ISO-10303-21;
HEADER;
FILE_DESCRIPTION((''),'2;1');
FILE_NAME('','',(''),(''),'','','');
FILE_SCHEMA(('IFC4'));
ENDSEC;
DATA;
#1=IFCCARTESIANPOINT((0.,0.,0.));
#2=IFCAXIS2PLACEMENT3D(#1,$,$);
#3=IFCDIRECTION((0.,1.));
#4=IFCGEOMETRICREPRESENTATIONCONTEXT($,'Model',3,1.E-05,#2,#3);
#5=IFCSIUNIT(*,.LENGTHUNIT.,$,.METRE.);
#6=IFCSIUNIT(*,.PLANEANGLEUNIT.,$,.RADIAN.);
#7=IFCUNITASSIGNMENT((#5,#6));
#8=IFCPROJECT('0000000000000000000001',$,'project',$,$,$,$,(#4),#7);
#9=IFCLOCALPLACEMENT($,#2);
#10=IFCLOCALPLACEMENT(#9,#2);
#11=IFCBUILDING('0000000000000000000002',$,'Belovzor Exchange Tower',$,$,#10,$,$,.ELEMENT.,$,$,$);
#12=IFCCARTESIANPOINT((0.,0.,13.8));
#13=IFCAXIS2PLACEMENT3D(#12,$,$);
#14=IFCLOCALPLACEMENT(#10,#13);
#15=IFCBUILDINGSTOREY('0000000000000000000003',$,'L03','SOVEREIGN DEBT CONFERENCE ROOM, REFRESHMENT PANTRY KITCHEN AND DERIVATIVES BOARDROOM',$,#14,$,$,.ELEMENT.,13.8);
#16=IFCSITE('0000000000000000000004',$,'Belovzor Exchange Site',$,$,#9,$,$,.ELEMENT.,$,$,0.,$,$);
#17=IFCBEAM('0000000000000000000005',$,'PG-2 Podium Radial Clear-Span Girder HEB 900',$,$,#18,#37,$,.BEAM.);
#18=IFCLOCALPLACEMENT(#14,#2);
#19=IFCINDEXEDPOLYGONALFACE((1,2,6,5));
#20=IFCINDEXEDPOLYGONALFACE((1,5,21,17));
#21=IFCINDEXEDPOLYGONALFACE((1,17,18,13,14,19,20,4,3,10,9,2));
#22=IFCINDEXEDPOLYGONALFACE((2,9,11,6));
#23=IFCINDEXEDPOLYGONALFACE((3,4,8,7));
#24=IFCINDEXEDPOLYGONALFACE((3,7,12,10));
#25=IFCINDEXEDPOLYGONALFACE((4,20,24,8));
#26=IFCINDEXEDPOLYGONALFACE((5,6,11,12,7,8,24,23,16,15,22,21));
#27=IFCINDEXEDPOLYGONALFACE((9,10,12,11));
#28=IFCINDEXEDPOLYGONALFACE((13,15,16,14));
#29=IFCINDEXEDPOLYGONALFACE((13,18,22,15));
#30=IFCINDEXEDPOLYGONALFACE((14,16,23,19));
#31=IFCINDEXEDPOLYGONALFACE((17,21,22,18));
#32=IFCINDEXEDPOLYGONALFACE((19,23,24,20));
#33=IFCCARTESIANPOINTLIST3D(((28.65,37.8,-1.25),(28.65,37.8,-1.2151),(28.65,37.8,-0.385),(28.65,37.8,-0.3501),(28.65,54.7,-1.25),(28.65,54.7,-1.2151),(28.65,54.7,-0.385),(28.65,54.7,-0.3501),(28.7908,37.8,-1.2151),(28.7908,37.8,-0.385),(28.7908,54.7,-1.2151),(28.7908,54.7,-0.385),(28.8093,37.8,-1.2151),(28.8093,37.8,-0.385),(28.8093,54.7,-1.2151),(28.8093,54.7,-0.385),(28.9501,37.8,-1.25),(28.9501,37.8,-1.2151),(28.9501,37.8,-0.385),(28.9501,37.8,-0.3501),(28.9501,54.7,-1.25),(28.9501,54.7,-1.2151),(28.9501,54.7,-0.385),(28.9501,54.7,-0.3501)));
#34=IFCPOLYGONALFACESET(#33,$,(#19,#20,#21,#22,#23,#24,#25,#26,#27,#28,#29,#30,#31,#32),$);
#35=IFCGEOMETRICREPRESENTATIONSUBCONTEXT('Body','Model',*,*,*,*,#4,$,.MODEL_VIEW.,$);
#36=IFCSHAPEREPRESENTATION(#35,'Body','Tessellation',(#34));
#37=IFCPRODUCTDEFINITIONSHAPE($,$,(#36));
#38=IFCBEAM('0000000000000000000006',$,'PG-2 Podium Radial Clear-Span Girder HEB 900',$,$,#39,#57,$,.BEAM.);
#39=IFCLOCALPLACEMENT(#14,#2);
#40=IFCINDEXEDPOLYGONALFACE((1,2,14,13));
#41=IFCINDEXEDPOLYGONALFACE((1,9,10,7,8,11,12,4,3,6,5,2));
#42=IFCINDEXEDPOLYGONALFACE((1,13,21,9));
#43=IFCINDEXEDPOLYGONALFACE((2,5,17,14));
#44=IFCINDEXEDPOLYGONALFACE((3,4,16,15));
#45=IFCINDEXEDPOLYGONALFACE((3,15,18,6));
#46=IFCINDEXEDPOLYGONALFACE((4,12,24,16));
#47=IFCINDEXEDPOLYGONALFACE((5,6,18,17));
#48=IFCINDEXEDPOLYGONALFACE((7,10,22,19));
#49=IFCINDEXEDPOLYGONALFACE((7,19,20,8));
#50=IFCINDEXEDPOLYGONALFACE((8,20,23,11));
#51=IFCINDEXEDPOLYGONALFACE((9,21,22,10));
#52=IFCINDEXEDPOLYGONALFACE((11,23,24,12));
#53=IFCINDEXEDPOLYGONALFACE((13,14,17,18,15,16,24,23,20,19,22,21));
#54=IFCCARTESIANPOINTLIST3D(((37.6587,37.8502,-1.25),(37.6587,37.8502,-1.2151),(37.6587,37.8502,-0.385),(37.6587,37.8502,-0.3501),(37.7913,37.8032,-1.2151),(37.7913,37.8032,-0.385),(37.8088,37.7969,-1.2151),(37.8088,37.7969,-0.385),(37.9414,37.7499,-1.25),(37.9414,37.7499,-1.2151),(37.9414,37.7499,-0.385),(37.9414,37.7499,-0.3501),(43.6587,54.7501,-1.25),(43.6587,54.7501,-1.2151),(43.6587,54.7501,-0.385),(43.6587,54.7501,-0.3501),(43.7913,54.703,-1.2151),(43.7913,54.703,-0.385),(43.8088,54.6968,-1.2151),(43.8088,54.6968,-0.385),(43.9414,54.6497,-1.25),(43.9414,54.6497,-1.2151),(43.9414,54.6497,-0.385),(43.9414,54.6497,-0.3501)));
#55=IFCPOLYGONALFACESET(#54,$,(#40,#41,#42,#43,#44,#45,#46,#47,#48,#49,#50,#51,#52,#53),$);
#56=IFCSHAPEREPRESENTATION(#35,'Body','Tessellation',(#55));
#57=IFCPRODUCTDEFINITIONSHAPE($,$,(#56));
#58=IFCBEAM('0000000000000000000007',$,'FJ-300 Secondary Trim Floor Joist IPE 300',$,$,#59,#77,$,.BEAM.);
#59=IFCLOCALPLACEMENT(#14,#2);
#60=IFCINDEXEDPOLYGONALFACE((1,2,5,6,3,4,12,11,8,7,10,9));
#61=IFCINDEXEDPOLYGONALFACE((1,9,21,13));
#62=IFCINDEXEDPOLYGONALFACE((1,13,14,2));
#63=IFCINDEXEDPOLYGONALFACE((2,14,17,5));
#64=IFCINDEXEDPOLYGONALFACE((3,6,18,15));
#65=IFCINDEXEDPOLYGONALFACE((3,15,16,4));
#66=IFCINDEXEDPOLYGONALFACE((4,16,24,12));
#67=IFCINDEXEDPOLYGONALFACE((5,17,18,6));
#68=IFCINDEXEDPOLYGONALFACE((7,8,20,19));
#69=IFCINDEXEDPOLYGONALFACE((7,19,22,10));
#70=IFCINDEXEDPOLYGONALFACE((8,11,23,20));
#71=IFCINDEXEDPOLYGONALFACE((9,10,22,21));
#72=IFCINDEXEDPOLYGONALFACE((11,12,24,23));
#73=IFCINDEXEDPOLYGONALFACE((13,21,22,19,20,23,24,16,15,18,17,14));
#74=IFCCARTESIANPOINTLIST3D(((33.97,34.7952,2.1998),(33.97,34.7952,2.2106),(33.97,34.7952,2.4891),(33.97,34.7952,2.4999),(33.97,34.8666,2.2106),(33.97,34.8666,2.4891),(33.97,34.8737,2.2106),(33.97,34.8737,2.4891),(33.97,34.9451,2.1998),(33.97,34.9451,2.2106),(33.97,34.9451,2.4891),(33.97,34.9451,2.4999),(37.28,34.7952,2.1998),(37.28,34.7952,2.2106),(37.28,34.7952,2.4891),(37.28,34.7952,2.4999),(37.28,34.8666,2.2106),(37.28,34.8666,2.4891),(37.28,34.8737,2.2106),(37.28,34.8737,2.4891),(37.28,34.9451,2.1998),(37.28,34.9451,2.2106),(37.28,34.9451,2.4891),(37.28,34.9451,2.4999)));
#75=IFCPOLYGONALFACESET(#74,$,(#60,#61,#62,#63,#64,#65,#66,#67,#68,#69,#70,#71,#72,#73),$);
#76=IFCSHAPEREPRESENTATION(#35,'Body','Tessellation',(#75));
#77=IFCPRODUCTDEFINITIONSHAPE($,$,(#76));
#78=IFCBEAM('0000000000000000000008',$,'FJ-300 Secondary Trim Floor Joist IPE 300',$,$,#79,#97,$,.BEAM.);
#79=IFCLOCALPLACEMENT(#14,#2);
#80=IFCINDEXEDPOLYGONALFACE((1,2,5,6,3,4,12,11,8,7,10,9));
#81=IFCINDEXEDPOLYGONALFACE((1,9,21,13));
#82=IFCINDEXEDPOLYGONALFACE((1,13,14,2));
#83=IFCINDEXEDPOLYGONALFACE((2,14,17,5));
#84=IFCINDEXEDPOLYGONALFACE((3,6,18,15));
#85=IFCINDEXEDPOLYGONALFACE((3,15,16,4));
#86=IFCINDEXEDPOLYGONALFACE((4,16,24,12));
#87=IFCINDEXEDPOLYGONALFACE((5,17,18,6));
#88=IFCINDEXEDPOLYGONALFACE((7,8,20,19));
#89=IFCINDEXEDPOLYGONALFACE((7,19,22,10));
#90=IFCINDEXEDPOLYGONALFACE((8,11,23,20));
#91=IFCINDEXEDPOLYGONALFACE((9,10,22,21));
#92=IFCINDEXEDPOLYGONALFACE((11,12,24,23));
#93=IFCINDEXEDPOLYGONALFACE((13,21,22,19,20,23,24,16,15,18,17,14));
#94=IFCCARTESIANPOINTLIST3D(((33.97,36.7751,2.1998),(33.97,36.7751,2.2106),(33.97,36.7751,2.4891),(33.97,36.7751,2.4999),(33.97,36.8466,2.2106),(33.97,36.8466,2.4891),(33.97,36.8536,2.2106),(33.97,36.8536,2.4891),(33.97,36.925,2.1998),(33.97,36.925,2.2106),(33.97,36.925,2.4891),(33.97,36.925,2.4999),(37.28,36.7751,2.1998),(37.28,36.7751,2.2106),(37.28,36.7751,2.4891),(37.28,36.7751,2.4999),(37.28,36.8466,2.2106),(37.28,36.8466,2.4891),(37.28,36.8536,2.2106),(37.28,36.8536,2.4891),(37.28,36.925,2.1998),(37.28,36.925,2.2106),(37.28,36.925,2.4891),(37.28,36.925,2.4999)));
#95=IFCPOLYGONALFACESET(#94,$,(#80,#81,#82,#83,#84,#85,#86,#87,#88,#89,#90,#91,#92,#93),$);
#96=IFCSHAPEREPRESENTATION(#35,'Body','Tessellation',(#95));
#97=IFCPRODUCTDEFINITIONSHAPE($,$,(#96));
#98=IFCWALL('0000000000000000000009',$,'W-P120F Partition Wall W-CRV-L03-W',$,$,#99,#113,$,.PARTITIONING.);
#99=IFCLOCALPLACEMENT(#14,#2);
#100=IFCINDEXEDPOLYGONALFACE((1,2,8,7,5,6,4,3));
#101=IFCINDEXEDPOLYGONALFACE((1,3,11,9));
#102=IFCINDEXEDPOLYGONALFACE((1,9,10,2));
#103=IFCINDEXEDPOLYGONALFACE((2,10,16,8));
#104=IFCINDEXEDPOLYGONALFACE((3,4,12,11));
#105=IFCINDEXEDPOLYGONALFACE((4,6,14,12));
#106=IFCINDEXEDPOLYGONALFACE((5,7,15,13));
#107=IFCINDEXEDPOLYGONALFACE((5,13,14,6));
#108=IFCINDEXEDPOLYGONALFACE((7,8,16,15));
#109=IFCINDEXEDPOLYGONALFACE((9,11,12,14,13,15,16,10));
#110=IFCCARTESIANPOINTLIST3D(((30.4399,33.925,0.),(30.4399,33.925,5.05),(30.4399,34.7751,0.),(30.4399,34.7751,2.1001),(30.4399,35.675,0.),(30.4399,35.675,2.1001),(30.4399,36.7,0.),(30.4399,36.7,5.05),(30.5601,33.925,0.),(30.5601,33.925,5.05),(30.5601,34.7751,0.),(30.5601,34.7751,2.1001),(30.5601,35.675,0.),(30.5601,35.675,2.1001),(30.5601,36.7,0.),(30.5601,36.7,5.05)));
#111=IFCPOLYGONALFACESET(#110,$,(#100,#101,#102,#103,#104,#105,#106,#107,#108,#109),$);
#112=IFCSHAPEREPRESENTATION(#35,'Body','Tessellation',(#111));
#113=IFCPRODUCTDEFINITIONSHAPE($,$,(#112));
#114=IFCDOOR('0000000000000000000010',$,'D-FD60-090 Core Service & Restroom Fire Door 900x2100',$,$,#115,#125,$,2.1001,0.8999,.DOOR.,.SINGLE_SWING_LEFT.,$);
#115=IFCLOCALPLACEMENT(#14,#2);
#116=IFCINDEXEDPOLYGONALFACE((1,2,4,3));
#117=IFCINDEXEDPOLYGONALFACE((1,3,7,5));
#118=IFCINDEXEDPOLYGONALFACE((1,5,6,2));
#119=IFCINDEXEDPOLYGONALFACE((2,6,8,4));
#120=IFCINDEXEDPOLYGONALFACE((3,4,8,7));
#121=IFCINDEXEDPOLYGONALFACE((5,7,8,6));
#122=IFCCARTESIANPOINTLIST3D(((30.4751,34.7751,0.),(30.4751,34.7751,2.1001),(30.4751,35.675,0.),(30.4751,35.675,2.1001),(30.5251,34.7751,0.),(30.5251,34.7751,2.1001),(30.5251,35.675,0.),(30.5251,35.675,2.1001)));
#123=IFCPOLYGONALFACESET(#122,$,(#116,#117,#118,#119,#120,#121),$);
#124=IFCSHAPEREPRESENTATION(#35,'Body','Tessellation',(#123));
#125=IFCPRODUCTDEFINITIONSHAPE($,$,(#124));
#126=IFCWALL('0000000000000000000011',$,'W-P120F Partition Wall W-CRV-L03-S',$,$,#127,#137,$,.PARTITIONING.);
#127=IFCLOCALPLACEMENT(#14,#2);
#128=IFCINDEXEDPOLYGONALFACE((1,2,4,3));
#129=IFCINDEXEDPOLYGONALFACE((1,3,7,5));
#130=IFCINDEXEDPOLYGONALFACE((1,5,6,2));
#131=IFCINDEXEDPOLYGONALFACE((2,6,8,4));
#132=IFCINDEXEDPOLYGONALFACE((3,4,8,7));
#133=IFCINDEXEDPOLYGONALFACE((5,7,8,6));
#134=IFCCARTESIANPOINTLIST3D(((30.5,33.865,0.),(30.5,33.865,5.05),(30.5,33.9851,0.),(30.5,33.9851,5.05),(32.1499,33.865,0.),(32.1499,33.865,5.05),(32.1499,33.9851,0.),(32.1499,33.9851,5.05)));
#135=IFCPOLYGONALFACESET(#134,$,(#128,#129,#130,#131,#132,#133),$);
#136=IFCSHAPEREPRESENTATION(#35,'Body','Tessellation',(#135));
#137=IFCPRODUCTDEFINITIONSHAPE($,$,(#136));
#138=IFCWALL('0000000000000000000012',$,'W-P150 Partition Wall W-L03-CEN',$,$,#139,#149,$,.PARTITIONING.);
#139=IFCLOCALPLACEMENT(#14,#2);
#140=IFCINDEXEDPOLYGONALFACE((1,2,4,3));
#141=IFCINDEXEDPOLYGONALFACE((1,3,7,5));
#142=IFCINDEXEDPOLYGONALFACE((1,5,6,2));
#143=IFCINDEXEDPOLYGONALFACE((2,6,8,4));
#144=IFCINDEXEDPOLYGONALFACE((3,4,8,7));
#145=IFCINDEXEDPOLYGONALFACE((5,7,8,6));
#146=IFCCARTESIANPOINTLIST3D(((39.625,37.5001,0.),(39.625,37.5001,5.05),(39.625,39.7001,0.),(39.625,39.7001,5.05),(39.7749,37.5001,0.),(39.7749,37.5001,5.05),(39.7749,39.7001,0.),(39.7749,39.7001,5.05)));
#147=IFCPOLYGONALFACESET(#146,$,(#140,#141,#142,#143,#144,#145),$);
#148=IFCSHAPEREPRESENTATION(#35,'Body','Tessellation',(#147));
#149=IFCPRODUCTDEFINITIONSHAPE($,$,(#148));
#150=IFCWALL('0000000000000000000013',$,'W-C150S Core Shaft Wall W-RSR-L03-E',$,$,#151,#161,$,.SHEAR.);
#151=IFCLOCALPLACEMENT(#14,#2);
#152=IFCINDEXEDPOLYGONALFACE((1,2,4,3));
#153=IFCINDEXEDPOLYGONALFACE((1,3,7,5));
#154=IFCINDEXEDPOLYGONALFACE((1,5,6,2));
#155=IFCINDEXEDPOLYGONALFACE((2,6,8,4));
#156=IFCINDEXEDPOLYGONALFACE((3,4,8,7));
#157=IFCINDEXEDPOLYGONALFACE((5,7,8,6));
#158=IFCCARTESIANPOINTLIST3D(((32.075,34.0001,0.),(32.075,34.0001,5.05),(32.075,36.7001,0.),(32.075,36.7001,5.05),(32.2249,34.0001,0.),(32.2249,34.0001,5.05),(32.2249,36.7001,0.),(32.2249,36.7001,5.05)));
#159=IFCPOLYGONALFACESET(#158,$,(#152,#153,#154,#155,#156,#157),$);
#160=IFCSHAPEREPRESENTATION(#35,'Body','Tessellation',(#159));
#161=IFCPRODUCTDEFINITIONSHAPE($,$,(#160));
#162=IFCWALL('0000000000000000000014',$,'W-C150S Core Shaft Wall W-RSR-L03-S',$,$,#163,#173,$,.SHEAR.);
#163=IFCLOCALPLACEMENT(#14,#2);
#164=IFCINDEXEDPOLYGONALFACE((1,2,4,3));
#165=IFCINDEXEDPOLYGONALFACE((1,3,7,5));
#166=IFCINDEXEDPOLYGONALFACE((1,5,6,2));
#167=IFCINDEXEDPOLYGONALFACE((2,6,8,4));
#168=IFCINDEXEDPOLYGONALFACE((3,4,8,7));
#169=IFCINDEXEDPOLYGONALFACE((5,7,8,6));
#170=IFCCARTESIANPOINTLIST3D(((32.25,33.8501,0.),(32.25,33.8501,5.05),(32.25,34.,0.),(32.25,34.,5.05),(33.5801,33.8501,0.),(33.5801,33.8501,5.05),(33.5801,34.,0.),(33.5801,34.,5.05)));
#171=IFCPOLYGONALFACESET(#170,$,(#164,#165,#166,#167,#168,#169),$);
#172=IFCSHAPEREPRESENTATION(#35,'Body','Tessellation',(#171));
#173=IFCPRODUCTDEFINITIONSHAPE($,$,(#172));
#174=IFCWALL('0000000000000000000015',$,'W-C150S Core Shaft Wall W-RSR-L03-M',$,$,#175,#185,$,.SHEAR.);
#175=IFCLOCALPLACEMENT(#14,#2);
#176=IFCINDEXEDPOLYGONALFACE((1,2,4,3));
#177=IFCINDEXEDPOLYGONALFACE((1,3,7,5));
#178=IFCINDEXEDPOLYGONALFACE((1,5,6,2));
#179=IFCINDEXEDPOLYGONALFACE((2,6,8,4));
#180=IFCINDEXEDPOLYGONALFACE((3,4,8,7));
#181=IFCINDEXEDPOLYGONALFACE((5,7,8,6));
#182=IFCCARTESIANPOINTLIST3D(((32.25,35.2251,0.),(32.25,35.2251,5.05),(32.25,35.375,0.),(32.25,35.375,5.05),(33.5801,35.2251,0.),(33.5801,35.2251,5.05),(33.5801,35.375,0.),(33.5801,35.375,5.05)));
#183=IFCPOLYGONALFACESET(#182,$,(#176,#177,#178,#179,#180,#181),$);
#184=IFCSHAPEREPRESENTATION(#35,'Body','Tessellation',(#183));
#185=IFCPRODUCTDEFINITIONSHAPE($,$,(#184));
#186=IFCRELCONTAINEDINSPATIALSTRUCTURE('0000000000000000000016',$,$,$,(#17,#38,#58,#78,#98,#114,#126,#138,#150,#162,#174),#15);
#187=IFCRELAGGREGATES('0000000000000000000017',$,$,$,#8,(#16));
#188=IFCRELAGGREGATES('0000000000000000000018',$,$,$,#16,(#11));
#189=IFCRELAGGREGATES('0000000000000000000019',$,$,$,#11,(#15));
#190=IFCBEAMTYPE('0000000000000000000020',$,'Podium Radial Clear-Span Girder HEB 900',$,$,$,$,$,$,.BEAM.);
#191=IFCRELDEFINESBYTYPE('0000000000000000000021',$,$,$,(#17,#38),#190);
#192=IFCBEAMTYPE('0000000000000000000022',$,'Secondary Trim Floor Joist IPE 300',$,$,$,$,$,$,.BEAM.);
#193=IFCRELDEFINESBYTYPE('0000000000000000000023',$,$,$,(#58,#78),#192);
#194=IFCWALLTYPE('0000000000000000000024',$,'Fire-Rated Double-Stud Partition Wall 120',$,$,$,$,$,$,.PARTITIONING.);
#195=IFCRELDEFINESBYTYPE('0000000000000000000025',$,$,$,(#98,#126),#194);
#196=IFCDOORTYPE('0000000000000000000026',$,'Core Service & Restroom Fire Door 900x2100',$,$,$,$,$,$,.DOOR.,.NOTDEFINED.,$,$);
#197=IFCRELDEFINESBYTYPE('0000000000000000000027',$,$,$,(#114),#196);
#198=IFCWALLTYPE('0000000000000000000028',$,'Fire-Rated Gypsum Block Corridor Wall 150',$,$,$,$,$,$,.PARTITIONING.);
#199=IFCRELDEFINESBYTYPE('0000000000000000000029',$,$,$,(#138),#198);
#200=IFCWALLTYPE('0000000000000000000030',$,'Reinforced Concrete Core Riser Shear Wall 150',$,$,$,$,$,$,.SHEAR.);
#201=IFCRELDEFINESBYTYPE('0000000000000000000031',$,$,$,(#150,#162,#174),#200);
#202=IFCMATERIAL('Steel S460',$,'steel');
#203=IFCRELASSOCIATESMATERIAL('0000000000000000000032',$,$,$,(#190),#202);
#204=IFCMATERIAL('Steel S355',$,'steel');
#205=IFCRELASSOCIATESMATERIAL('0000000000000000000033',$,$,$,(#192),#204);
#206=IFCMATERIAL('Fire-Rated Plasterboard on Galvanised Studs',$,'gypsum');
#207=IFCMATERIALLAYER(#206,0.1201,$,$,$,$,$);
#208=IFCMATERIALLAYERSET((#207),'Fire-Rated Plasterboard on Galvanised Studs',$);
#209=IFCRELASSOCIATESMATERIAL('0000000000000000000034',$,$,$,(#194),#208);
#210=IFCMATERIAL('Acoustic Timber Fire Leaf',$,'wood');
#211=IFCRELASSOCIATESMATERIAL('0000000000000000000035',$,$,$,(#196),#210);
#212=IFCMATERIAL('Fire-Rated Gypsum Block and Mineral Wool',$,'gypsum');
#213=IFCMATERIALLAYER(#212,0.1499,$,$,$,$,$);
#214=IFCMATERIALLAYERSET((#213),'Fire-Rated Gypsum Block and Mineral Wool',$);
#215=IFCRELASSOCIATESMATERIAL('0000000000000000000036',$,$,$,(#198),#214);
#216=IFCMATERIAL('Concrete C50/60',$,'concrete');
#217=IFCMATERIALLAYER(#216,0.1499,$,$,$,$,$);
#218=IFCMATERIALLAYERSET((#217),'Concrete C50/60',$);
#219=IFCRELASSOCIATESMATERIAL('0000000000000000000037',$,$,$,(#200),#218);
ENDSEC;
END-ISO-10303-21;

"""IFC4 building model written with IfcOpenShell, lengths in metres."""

from ifc_helpers import new_model, si_unit, direction, frame, frame_2d, origin, origin_2d, place, context, subcontext, project, spatial, rectangle, i_section, extrude, material, layer, layer_set, material_profile, profile_set, type_object, element, fill, save


model = new_model("IFC4")

# Units and contexts
model_context = context("Model", 3, precision=1e-05, world=origin(), true_north=direction((0.0, 1.0)))
body_context = subcontext(model_context, "Body", "Model", "MODEL_VIEW")
ifc_project = project(units=[si_unit("LENGTHUNIT", "METRE"), si_unit("PLANEANGLEUNIT", "RADIAN")], contexts=[model_context])

# Site, building, storey
site_placement = place(None, origin())
site = spatial("IfcSite", under=ifc_project, at=site_placement, Name="Belovzor Exchange Site", CompositionType="ELEMENT", RefElevation=0.0)
building_placement = place(site_placement, origin())
building = spatial("IfcBuilding", under=site, at=building_placement, Name="Belovzor Exchange Tower", CompositionType="ELEMENT")
storey_placement = place(building_placement, frame((0.0, 0.0, 13.8)))
storey = spatial("IfcBuildingStorey", under=building, at=storey_placement, Name="L03", Description="SOVEREIGN DEBT CONFERENCE ROOM, REFRESHMENT PANTRY KITCHEN AND DERIVATIVES BOARDROOM", CompositionType="ELEMENT", Elevation=13.8)

# Beams
ifc_material_1 = material(Name="Steel S460", Category="steel")
ifc_material_profile_1 = material_profile(ifc_material_1, i_section(OverallWidth=0.3, OverallDepth=0.8999, WebThickness=0.0186, FlangeThickness=0.0349, at=origin_2d()))
ifc_profile_set_1 = profile_set([ifc_material_profile_1], Name="Steel S460")
beam_type_1 = type_object("IfcBeamType", Name="Podium Radial Clear-Span Girder HEB 900", PredefinedType="BEAM", material=ifc_profile_set_1)
beam_1_placement = place(storey_placement, frame((28.8, 37.8, -0.8), z_axis=(0.0, 1.0, 0.0), x_axis=(-1.0, 0.0, 0.0)))
element("IfcBeam", 1, at=beam_1_placement, inside=storey, type_object=beam_type_1, Name="PG-2 Podium Radial Clear-Span Girder HEB 900", PredefinedType="BEAM", context=body_context, shape_type="SweptSolid", body=[
    extrude(i_section(OverallWidth=0.3, OverallDepth=0.8999, WebThickness=0.0186, FlangeThickness=0.0349, at=origin_2d()), origin(), (0.0, 0.0, 1.0), 16.8999),
])
beam_2_placement = place(storey_placement, frame((37.8, 37.8, -0.8), z_axis=(0.334571, 0.94237, 0.0), x_axis=(-0.94237, 0.334571, 0.0)))
element("IfcBeam", 2, at=beam_2_placement, inside=storey, type_object=beam_type_1, Name="PG-2 Podium Radial Clear-Span Girder HEB 900", PredefinedType="BEAM", context=body_context, shape_type="SweptSolid", body=[
    extrude(i_section(OverallWidth=0.3, OverallDepth=0.8999, WebThickness=0.0186, FlangeThickness=0.0349, at=origin_2d()), origin(), (0.0, 0.0, 1.0), 17.9333),
])
ifc_material_2 = material(Name="Steel S355", Category="steel")
ifc_material_profile_2 = material_profile(ifc_material_2, i_section(OverallWidth=0.1499, OverallDepth=0.3, WebThickness=0.0071, FlangeThickness=0.0107, at=origin_2d()))
ifc_profile_set_2 = profile_set([ifc_material_profile_2], Name="Steel S355")
beam_type_2 = type_object("IfcBeamType", Name="Secondary Trim Floor Joist IPE 300", PredefinedType="BEAM", material=ifc_profile_set_2)
for number, where, z_axis, x_axis, name in (
    (3, (37.28, 34.8701, 2.3499), (-1.0, 0.0, 0.0), (0.0, -1.0, 0.0), "FJ-300 Secondary Trim Floor Joist IPE 300"),
    (4, (37.28, 36.8501, 2.3499), (-1.0, 0.0, 0.0), (0.0, -1.0, 0.0), "FJ-300 Secondary Trim Floor Joist IPE 300"),
):
    element("IfcBeam", number, at=place(storey_placement, frame(where, z_axis=z_axis, x_axis=x_axis)), inside=storey, type_object=beam_type_2, Name=name, PredefinedType="BEAM", context=body_context, shape_type="SweptSolid", body=[
        extrude(i_section(OverallWidth=0.1499, OverallDepth=0.3, WebThickness=0.0071, FlangeThickness=0.0107, at=origin_2d()), origin(), (0.0, 0.0, 1.0), 3.3101),
    ])

# Wall, opening, door
ifc_material_3 = material(Name="Fire-Rated Plasterboard on Galvanised Studs", Category="gypsum")
ifc_layer_1 = layer(ifc_material_3, 0.1201)
ifc_layer_set_1 = layer_set([ifc_layer_1], Name="Fire-Rated Plasterboard on Galvanised Studs")
wall_type_1 = type_object("IfcWallType", Name="Fire-Rated Double-Stud Partition Wall 120", PredefinedType="PARTITIONING", material=ifc_layer_set_1)
wall_1_placement = place(storey_placement, frame((30.5, 33.925, 0.0), z_axis=(0.0, 0.0, 1.0), x_axis=(0.0, 1.0, 0.0)))
wall_1 = element("IfcWall", 5, at=wall_1_placement, inside=storey, type_object=wall_type_1, Name="W-P120F Partition Wall W-CRV-L03-W", PredefinedType="PARTITIONING", context=body_context, shape_type="SweptSolid", body=[
    extrude(rectangle(XDim=2.7749, YDim=0.1201, at=frame_2d((1.3875, 0.0))), origin(), (0.0, 0.0, 1.0), 5.05),
])
opening_1_placement = place(wall_1_placement, frame((0.8501, 0.0, 0.0)))
opening_1 = element("IfcOpeningElement", 6, at=opening_1_placement, cuts=wall_1, PredefinedType="OPENING", context=body_context, shape_type="SweptSolid", body=[
    extrude(rectangle(XDim=0.8999, YDim=2.1001, at=frame_2d((0.45, 1.05))), frame((0.0, 0.0701, 0.0), z_axis=(0.0, -1.0, 0.0), x_axis=(1.0, 0.0, 0.0)), (0.0, 0.0, 1.0), 0.1401),
])
ifc_material_4 = material(Name="Acoustic Timber Fire Leaf", Category="wood")
door_type_1 = type_object("IfcDoorType", Name="Core Service & Restroom Fire Door 900x2100", OperationType="NOTDEFINED", PredefinedType="DOOR", material=ifc_material_4)
door_1_placement = place(opening_1_placement, origin())
door_1 = element("IfcDoor", 7, at=door_1_placement, inside=storey, type_object=door_type_1, Name="D-FD60-090 Core Service & Restroom Fire Door 900x2100", OperationType="SINGLE_SWING_LEFT", OverallHeight=2.1001, OverallWidth=0.8999, PredefinedType="DOOR", context=body_context, shape_type="SweptSolid", body=[
    extrude(rectangle(XDim=0.8999, YDim=2.1001, at=frame_2d((0.45, 1.05))), frame((0.0, 0.0249, 0.0), z_axis=(0.0, -1.0, 0.0), x_axis=(1.0, 0.0, 0.0)), (0.0, 0.0, 1.0), 0.05),
])
fill(opening_1, door_1)

# Walls
wall_2_placement = place(storey_placement, frame((30.5, 33.925, 0.0), z_axis=(0.0, 0.0, 1.0), x_axis=(1.0, 0.0, 0.0)))
element("IfcWall", 8, at=wall_2_placement, inside=storey, type_object=wall_type_1, Name="W-P120F Partition Wall W-CRV-L03-S", PredefinedType="PARTITIONING", context=body_context, shape_type="SweptSolid", body=[
    extrude(rectangle(XDim=1.6499, YDim=0.1201, at=frame_2d((0.825, 0.0))), origin(), (0.0, 0.0, 1.0), 5.05),
])
ifc_material_5 = material(Name="Fire-Rated Gypsum Block and Mineral Wool", Category="gypsum")
ifc_layer_2 = layer(ifc_material_5, 0.1499)
ifc_layer_set_2 = layer_set([ifc_layer_2], Name="Fire-Rated Gypsum Block and Mineral Wool")
wall_type_2 = type_object("IfcWallType", Name="Fire-Rated Gypsum Block Corridor Wall 150", PredefinedType="PARTITIONING", material=ifc_layer_set_2)
wall_3_placement = place(storey_placement, frame((39.7, 37.5, 0.0), z_axis=(0.0, 0.0, 1.0), x_axis=(0.0, 1.0, 0.0)))
element("IfcWall", 9, at=wall_3_placement, inside=storey, type_object=wall_type_2, Name="W-P150 Partition Wall W-L03-CEN", PredefinedType="PARTITIONING", context=body_context, shape_type="SweptSolid", body=[
    extrude(rectangle(XDim=2.2, YDim=0.1499, at=frame_2d((1.1001, 0.0))), origin(), (0.0, 0.0, 1.0), 5.05),
])
ifc_material_6 = material(Name="Concrete C50/60", Category="concrete")
ifc_layer_3 = layer(ifc_material_6, 0.1499)
ifc_layer_set_3 = layer_set([ifc_layer_3], Name="Concrete C50/60")
wall_type_3 = type_object("IfcWallType", Name="Reinforced Concrete Core Riser Shear Wall 150", PredefinedType="SHEAR", material=ifc_layer_set_3)
wall_4_placement = place(storey_placement, frame((32.1499, 34.0, 0.0), z_axis=(0.0, 0.0, 1.0), x_axis=(0.0, 1.0, 0.0)))
element("IfcWall", 10, at=wall_4_placement, inside=storey, type_object=wall_type_3, Name="W-C150S Core Shaft Wall W-RSR-L03-E", PredefinedType="SHEAR", context=body_context, shape_type="SweptSolid", body=[
    extrude(rectangle(XDim=2.7, YDim=0.1499, at=frame_2d((1.3501, 0.0))), origin(), (0.0, 0.0, 1.0), 5.05),
])
for number, where, z_axis, x_axis, name in (
    (11, (32.25, 33.925, 0.0), (0.0, 0.0, 1.0), (1.0, 0.0, 0.0), "W-C150S Core Shaft Wall W-RSR-L03-S"),
    (12, (32.25, 35.3, 0.0), (0.0, 0.0, 1.0), (1.0, 0.0, 0.0), "W-C150S Core Shaft Wall W-RSR-L03-M"),
):
    element("IfcWall", number, at=place(storey_placement, frame(where, z_axis=z_axis, x_axis=x_axis)), inside=storey, type_object=wall_type_3, Name=name, PredefinedType="SHEAR", context=body_context, shape_type="SweptSolid", body=[
        extrude(rectangle(XDim=1.3301, YDim=0.1499, at=frame_2d((0.665, 0.0))), origin(), (0.0, 0.0, 1.0), 5.05),
    ])

save(model, "model.ifc")
